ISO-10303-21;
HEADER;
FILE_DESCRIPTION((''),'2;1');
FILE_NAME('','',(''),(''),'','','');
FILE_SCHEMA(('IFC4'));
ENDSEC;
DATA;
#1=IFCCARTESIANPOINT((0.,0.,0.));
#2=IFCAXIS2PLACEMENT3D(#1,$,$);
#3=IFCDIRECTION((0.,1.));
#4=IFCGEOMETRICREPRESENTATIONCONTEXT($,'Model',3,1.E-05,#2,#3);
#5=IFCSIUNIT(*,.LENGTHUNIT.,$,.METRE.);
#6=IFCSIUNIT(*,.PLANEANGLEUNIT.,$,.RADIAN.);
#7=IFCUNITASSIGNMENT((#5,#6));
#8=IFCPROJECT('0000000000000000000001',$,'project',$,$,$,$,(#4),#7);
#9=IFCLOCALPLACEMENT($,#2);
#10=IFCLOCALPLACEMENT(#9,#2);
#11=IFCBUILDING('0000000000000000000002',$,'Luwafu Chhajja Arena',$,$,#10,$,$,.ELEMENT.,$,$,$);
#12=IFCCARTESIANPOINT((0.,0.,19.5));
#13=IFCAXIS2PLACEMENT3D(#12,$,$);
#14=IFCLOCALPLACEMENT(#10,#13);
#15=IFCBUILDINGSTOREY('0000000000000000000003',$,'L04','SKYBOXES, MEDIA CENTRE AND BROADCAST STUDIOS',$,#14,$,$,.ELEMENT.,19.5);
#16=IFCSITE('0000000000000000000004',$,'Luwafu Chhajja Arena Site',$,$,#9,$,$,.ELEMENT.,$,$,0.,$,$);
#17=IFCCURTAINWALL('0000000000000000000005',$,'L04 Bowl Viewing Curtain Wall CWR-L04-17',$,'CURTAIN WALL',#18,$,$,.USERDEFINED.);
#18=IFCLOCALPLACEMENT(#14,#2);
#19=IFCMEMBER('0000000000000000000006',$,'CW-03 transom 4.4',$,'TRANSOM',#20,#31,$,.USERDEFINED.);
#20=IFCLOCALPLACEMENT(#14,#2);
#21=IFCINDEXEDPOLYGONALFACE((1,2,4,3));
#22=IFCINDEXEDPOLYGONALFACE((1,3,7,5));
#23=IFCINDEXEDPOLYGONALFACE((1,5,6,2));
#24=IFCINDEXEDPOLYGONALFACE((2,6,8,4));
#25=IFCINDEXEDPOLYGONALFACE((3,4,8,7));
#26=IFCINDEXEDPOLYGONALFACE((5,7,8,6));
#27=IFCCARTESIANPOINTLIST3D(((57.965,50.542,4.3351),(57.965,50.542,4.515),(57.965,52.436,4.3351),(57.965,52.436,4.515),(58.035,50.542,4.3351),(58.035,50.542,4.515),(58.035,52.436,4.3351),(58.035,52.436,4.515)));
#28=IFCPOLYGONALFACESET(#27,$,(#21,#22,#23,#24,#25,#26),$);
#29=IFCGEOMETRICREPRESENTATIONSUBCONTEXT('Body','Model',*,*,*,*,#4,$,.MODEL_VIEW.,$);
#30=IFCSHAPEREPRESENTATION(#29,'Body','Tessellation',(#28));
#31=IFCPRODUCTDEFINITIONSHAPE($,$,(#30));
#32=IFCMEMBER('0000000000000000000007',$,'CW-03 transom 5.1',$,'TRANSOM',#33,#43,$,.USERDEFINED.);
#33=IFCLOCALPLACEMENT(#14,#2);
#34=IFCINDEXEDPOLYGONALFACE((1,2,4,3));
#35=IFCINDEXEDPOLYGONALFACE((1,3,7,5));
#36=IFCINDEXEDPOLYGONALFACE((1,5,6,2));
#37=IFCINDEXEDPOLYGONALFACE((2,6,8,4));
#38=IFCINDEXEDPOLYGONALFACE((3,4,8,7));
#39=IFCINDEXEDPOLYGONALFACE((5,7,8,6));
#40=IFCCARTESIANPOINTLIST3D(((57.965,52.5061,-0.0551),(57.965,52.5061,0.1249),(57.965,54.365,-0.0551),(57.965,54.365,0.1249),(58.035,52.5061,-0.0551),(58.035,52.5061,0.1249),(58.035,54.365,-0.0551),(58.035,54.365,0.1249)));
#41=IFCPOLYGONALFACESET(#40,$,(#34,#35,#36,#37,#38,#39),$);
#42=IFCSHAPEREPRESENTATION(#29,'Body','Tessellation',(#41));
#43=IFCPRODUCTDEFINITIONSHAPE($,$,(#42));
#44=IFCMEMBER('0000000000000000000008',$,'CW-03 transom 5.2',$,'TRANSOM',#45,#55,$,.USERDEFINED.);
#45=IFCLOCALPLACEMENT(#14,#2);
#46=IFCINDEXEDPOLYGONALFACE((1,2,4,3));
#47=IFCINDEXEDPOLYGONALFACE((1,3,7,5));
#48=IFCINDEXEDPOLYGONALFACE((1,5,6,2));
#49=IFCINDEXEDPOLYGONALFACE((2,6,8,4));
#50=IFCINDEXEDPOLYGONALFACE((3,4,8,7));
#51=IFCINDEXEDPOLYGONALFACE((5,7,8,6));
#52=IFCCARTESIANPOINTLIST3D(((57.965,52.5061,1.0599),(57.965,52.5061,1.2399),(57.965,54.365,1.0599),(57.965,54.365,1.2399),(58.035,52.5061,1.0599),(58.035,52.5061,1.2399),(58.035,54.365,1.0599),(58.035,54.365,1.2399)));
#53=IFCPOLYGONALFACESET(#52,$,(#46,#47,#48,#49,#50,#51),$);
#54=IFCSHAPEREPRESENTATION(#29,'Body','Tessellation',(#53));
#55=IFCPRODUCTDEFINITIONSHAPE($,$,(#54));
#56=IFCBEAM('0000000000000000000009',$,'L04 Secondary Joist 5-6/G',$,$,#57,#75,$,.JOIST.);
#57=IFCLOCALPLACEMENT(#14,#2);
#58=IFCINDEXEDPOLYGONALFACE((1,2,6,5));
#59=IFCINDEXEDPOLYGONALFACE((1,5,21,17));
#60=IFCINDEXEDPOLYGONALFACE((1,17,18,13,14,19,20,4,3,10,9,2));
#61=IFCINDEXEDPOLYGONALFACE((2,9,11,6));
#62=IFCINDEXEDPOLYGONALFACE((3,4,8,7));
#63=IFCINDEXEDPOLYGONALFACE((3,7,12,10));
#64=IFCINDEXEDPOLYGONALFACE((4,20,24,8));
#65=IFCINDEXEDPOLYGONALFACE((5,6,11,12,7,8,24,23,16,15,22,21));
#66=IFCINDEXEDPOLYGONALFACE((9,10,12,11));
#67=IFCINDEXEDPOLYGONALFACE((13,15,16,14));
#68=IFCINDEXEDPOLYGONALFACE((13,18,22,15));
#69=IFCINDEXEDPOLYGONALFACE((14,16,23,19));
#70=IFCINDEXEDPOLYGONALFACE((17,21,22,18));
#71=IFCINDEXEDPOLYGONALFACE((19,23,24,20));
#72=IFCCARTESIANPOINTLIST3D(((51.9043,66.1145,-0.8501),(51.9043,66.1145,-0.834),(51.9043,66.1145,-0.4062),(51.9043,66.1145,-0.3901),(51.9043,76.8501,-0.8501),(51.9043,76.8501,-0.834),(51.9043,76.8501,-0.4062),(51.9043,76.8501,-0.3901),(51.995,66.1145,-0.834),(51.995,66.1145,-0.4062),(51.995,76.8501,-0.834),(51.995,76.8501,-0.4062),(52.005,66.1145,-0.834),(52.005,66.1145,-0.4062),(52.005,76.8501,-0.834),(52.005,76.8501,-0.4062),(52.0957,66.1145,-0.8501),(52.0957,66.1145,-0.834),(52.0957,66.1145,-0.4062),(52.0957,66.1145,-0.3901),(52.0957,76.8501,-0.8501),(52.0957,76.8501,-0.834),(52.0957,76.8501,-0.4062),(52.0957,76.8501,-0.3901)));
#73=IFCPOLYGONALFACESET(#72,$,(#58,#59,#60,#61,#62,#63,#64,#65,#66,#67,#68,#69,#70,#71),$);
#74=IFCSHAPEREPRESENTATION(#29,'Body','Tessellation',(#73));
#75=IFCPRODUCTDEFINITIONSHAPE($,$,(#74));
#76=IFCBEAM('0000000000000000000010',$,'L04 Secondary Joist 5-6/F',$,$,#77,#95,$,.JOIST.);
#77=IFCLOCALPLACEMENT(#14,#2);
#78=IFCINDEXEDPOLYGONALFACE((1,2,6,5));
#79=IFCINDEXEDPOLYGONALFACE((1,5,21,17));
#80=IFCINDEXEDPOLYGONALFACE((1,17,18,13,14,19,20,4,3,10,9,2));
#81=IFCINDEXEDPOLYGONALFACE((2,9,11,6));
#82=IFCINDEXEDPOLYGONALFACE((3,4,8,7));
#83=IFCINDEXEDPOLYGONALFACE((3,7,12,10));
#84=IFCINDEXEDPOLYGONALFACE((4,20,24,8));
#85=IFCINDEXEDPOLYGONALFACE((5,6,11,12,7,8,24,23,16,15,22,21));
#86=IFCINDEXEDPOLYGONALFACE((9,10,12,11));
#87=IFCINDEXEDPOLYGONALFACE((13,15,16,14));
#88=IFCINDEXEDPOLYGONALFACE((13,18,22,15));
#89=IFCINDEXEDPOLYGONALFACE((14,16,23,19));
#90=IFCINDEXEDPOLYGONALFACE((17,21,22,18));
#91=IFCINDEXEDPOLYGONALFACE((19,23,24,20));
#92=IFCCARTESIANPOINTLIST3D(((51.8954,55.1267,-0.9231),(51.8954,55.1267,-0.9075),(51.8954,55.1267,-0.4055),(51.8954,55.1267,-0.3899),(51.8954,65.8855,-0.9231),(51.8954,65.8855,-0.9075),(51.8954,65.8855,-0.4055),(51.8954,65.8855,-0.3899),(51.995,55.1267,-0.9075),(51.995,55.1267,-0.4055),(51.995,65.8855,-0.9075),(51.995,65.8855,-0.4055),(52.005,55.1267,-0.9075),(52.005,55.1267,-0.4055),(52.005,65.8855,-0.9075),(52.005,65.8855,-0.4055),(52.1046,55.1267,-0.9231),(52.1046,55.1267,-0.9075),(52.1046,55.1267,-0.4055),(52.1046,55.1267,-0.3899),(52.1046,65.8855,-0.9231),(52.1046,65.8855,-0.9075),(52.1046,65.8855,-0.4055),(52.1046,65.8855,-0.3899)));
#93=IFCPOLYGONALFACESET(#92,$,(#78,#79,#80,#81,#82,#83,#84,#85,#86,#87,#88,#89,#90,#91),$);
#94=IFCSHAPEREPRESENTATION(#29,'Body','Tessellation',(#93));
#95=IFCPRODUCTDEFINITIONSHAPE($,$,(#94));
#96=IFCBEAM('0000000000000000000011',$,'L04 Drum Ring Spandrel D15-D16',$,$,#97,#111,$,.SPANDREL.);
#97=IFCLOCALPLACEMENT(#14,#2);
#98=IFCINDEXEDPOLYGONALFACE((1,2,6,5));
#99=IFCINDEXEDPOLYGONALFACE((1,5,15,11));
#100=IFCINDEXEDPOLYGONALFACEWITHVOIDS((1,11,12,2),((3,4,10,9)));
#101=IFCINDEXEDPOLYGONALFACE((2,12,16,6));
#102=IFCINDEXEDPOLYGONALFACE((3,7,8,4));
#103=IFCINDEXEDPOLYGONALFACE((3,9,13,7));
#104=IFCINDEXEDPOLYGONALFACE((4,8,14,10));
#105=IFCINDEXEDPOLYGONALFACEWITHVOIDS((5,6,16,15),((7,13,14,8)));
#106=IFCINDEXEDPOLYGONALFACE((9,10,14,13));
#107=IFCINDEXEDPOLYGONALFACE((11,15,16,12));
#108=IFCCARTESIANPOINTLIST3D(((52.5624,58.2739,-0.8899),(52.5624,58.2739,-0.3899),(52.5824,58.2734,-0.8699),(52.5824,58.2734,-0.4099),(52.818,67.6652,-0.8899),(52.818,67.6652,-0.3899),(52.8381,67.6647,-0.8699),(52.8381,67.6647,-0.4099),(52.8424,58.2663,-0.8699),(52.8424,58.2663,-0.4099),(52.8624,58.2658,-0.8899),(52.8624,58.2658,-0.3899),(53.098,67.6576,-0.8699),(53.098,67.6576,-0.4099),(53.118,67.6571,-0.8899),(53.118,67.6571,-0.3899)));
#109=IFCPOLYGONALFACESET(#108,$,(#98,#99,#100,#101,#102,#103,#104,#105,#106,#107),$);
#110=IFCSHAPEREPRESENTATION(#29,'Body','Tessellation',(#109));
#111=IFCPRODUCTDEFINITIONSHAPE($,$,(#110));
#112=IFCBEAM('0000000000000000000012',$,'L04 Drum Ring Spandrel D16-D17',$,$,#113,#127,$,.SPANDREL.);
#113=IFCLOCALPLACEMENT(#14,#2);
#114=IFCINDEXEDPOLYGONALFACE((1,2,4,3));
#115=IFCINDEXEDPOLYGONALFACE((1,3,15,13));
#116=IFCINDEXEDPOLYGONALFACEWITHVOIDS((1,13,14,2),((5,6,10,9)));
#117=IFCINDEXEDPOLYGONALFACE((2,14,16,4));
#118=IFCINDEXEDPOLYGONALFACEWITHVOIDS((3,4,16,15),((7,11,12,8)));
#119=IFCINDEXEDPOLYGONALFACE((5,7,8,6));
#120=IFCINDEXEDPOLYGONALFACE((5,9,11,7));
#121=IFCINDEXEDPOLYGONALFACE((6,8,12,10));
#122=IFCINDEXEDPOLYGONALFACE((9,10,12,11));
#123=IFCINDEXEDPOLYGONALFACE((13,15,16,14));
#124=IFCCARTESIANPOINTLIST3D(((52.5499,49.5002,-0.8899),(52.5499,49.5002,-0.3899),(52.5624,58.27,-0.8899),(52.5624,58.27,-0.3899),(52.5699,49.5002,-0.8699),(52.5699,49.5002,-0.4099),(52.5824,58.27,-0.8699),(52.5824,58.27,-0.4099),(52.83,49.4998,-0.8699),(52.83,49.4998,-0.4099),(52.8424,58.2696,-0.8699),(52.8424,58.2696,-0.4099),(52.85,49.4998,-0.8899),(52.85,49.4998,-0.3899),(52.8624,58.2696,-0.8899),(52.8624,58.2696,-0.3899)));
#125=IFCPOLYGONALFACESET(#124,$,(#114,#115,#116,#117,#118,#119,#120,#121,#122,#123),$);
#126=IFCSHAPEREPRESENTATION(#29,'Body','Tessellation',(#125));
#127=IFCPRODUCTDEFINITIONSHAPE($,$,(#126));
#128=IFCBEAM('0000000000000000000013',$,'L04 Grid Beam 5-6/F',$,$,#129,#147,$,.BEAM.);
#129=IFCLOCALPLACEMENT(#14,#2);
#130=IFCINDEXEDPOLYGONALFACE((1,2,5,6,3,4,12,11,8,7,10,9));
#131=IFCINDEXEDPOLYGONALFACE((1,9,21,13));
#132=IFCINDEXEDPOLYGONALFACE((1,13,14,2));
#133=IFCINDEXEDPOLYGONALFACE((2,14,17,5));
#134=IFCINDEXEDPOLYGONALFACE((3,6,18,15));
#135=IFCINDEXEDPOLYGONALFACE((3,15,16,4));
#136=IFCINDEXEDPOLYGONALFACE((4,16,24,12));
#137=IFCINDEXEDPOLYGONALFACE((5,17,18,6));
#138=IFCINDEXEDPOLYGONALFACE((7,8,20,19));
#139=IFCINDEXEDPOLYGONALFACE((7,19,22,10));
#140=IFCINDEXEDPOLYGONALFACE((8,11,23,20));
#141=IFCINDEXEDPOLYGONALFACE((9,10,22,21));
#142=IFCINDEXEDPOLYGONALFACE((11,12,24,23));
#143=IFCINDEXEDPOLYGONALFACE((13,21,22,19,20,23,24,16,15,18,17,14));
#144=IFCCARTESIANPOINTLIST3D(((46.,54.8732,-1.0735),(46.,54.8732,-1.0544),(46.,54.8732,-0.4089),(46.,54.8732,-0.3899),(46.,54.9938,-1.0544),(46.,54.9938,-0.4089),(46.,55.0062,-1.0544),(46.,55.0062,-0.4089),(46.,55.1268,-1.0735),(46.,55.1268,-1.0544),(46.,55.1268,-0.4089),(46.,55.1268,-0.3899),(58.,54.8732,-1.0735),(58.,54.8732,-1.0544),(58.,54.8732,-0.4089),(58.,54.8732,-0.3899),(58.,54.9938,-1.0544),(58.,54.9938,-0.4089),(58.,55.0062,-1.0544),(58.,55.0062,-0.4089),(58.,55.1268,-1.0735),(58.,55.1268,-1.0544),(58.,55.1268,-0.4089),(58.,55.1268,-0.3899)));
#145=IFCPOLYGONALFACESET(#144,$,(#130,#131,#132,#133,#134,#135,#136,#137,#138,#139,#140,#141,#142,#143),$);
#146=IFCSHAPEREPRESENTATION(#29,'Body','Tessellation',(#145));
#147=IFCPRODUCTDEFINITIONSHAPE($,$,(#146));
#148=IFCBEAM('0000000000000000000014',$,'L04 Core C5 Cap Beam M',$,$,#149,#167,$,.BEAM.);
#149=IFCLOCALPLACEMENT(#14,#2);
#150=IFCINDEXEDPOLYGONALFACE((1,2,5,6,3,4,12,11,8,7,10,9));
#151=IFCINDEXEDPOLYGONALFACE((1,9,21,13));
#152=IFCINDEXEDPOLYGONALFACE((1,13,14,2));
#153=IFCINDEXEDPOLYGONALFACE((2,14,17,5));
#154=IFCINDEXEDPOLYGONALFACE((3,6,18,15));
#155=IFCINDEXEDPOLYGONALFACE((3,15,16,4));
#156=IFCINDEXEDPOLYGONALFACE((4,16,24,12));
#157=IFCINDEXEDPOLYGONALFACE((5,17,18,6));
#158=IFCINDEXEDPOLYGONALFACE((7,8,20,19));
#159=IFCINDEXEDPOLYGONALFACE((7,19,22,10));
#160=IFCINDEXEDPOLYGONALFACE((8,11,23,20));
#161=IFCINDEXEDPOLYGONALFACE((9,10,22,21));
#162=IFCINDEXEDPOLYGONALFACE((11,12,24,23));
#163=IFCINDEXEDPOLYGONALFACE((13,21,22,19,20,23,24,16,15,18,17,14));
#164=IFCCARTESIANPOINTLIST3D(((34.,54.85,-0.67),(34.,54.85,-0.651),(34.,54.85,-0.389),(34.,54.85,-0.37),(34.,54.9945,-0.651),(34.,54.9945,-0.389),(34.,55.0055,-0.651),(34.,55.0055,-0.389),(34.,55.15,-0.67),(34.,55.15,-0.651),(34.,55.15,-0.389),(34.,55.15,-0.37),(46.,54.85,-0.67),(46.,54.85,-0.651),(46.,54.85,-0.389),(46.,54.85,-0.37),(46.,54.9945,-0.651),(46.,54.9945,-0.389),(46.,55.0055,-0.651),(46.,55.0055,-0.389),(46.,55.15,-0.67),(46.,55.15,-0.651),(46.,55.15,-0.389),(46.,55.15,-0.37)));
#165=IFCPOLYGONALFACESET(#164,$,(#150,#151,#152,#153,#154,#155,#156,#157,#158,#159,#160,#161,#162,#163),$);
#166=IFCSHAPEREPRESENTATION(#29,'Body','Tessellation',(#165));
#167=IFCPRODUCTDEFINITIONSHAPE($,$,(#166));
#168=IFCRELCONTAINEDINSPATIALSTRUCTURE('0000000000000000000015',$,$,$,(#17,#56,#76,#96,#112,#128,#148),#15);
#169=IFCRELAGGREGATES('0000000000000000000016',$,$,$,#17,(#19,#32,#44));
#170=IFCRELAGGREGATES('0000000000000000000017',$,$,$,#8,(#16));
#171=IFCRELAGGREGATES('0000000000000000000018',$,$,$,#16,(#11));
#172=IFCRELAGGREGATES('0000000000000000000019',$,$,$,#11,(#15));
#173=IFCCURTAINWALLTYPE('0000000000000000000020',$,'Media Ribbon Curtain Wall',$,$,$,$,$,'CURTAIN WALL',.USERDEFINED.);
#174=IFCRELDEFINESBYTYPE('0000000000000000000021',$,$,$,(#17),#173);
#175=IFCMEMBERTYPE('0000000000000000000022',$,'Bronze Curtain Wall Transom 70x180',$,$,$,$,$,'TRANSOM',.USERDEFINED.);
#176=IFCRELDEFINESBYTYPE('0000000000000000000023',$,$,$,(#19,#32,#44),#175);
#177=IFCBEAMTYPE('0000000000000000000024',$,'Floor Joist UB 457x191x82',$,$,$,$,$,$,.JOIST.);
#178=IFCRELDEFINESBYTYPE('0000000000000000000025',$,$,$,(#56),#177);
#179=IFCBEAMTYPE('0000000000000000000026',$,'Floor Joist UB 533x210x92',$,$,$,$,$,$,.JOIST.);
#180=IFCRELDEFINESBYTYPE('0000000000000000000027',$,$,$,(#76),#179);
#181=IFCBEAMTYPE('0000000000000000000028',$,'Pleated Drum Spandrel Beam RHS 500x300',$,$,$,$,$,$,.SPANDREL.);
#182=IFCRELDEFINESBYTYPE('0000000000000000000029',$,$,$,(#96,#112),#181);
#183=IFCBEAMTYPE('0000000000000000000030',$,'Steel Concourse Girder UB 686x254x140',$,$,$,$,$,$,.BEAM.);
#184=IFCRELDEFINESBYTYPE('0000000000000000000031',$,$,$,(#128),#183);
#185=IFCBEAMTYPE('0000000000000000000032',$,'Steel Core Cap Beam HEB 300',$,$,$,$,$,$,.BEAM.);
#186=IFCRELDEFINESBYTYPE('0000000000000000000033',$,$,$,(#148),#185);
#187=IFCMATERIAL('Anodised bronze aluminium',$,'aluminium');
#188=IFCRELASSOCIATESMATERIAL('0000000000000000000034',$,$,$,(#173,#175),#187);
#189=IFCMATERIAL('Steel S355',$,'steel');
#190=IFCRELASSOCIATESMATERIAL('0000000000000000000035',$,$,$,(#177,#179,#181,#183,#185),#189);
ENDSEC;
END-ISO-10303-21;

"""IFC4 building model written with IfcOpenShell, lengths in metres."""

from ifc_helpers import new_model, si_unit, direction, frame, origin, origin_2d, place, context, subcontext, project, spatial, rectangle, hollow_rectangle, i_section, extrude, material, material_profile, profile_set, type_object, element, aggregate, save


model = new_model("IFC4")

# Units and contexts
model_context = context("Model", 3, precision=1e-05, world=origin(), true_north=direction((0.0, 1.0)))
body_context = subcontext(model_context, "Body", "Model", "MODEL_VIEW")
ifc_project = project(units=[si_unit("LENGTHUNIT", "METRE"), si_unit("PLANEANGLEUNIT", "RADIAN")], contexts=[model_context])

# Site, building, storey
site_placement = place(None, origin())
site = spatial("IfcSite", under=ifc_project, at=site_placement, Name="Luwafu Chhajja Arena Site", CompositionType="ELEMENT", RefElevation=0.0)
building_placement = place(site_placement, origin())
building = spatial("IfcBuilding", under=site, at=building_placement, Name="Luwafu Chhajja Arena", CompositionType="ELEMENT")
storey_placement = place(building_placement, frame((0.0, 0.0, 19.5)))
storey = spatial("IfcBuildingStorey", under=building, at=storey_placement, Name="L04", Description="SKYBOXES, MEDIA CENTRE AND BROADCAST STUDIOS", CompositionType="ELEMENT", Elevation=19.5)

# Shared definitions
ifc_material_1 = material(Name="Steel S355", Category="steel")

# Curtain wall, members
ifc_material_2 = material(Name="Anodised bronze aluminium", Category="aluminium")
curtain_wall_type = type_object("IfcCurtainWallType", Name="Media Ribbon Curtain Wall", ElementType="CURTAIN WALL", PredefinedType="USERDEFINED", material=ifc_material_2)
curtain_wall_placement = place(storey_placement, origin())
curtain_wall = element("IfcCurtainWall", 1, at=curtain_wall_placement, inside=storey, type_object=curtain_wall_type, Name="L04 Bowl Viewing Curtain Wall CWR-L04-17", ObjectType="CURTAIN WALL", PredefinedType="USERDEFINED")
ifc_material_profile_1 = material_profile(ifc_material_2, rectangle(XDim=0.0701, YDim=0.1799, at=origin_2d()), Name="CWT 70x180")
ifc_profile_set_1 = profile_set([ifc_material_profile_1], Name="Anodised bronze aluminium")
member_type_1 = type_object("IfcMemberType", Name="Bronze Curtain Wall Transom 70x180", ElementType="TRANSOM", PredefinedType="USERDEFINED", material=ifc_profile_set_1)
member_1_placement = place(storey_placement, frame((58.0, 50.542, 4.425), z_axis=(0.0, 1.0, 0.0), x_axis=(-1.0, 0.0, 0.0)))
member_1 = element("IfcMember", 2, at=member_1_placement, type_object=member_type_1, Name="CW-03 transom 4.4", ObjectType="TRANSOM", PredefinedType="USERDEFINED", context=body_context, shape_type="SweptSolid", body=[
    extrude(rectangle(XDim=0.0701, YDim=0.1799, at=origin_2d()), origin(), (0.0, 0.0, 1.0), 1.894),
])
member_2_placement = place(storey_placement, frame((58.0, 52.5061, 0.0349), z_axis=(0.0, 1.0, 0.0), x_axis=(-1.0, 0.0, 0.0)))
member_2 = element("IfcMember", 3, at=member_2_placement, type_object=member_type_1, Name="CW-03 transom 5.1", ObjectType="TRANSOM", PredefinedType="USERDEFINED", context=body_context, shape_type="SweptSolid", body=[
    extrude(rectangle(XDim=0.0701, YDim=0.1799, at=origin_2d()), origin(), (0.0, 0.0, 1.0), 1.8589),
])
member_3_placement = place(storey_placement, frame((58.0, 52.5061, 1.1499), z_axis=(0.0, 1.0, 0.0), x_axis=(-1.0, 0.0, 0.0)))
member_3 = element("IfcMember", 4, at=member_3_placement, type_object=member_type_1, Name="CW-03 transom 5.2", ObjectType="TRANSOM", PredefinedType="USERDEFINED", context=body_context, shape_type="SweptSolid", body=[
    extrude(rectangle(XDim=0.0701, YDim=0.1799, at=origin_2d()), origin(), (0.0, 0.0, 1.0), 1.8589),
])

# Beams
ifc_material_profile_2 = material_profile(ifc_material_1, i_section(OverallWidth=0.1914, OverallDepth=0.46, WebThickness=0.01, FlangeThickness=0.0161, at=origin_2d()), Name="UB 457x191x82")
ifc_profile_set_2 = profile_set([ifc_material_profile_2], Name="Steel S355")
beam_type_1 = type_object("IfcBeamType", Name="Floor Joist UB 457x191x82", PredefinedType="JOIST", material=ifc_profile_set_2)
beam_1_placement = place(storey_placement, frame((52.0, 66.1145, -0.6201), z_axis=(0.0, 1.0, 0.0), x_axis=(-1.0, 0.0, 0.0)))
element("IfcBeam", 5, at=beam_1_placement, inside=storey, type_object=beam_type_1, Name="L04 Secondary Joist 5-6/G", PredefinedType="JOIST", context=body_context, shape_type="SweptSolid", body=[
    extrude(i_section(OverallWidth=0.1914, OverallDepth=0.46, WebThickness=0.01, FlangeThickness=0.0161, at=origin_2d()), origin(), (0.0, 0.0, 1.0), 10.7356),
])
ifc_material_profile_3 = material_profile(ifc_material_1, i_section(OverallWidth=0.2092, OverallDepth=0.5332, WebThickness=0.01, FlangeThickness=0.0156, at=origin_2d()), Name="UB 533x210x92")
ifc_profile_set_3 = profile_set([ifc_material_profile_3], Name="Steel S355")
beam_type_2 = type_object("IfcBeamType", Name="Floor Joist UB 533x210x92", PredefinedType="JOIST", material=ifc_profile_set_3)
beam_2_placement = place(storey_placement, frame((52.0, 55.1267, -0.6565), z_axis=(0.0, 1.0, 0.0), x_axis=(-1.0, 0.0, 0.0)))
element("IfcBeam", 6, at=beam_2_placement, inside=storey, type_object=beam_type_2, Name="L04 Secondary Joist 5-6/F", PredefinedType="JOIST", context=body_context, shape_type="SweptSolid", body=[
    extrude(i_section(OverallWidth=0.2092, OverallDepth=0.5332, WebThickness=0.01, FlangeThickness=0.0156, at=origin_2d()), origin(), (0.0, 0.0, 1.0), 10.7588),
])
ifc_material_profile_4 = material_profile(ifc_material_1, hollow_rectangle(XDim=0.3, YDim=0.5, WallThickness=0.02, at=origin_2d()), Name="RHS 500x300x20")
ifc_profile_set_4 = profile_set([ifc_material_profile_4], Name="Steel S355")
beam_type_3 = type_object("IfcBeamType", Name="Pleated Drum Spandrel Beam RHS 500x300", PredefinedType="SPANDREL", material=ifc_profile_set_4)
beam_3_placement = place(storey_placement, frame((52.968, 67.6611, -0.6399), z_axis=(-0.027208, -0.99963, 0.0), x_axis=(0.99963, -0.027208, 0.0)))
element("IfcBeam", 7, at=beam_3_placement, inside=storey, type_object=beam_type_3, Name="L04 Drum Ring Spandrel D15-D16", PredefinedType="SPANDREL", context=body_context, shape_type="SweptSolid", body=[
    extrude(hollow_rectangle(XDim=0.3, YDim=0.5, WallThickness=0.02, at=origin_2d()), origin(), (0.0, 0.0, 1.0), 9.3948),
])
beam_4_placement = place(storey_placement, frame((52.7124, 58.2698, -0.6399), z_axis=(-0.00142, -0.999999, 0.0), x_axis=(0.999999, -0.00142, 0.0)))
element("IfcBeam", 8, at=beam_4_placement, inside=storey, type_object=beam_type_3, Name="L04 Drum Ring Spandrel D16-D17", PredefinedType="SPANDREL", context=body_context, shape_type="SweptSolid", body=[
    extrude(hollow_rectangle(XDim=0.3, YDim=0.5, WallThickness=0.02, at=origin_2d()), origin(), (0.0, 0.0, 1.0), 8.7698),
])
ifc_material_profile_5 = material_profile(ifc_material_1, i_section(OverallWidth=0.2537, OverallDepth=0.6836, WebThickness=0.0125, FlangeThickness=0.019, at=origin_2d()), Name="UB 686x254x140")
ifc_profile_set_5 = profile_set([ifc_material_profile_5], Name="Steel S355")
beam_type_4 = type_object("IfcBeamType", Name="Steel Concourse Girder UB 686x254x140", PredefinedType="BEAM", material=ifc_profile_set_5)
beam_5_placement = place(storey_placement, frame((46.0, 55.0, -0.7317), z_axis=(1.0, 0.0, 0.0), x_axis=(0.0, 1.0, 0.0)))
element("IfcBeam", 9, at=beam_5_placement, inside=storey, type_object=beam_type_4, Name="L04 Grid Beam 5-6/F", PredefinedType="BEAM", context=body_context, shape_type="SweptSolid", body=[
    extrude(i_section(OverallWidth=0.2537, OverallDepth=0.6836, WebThickness=0.0125, FlangeThickness=0.019, at=origin_2d()), origin(), (0.0, 0.0, 1.0), 12.0),
])
ifc_material_profile_6 = material_profile(ifc_material_1, i_section(OverallWidth=0.3, OverallDepth=0.3, WebThickness=0.011, FlangeThickness=0.019, at=origin_2d()), Name="HEB 300")
ifc_profile_set_6 = profile_set([ifc_material_profile_6], Name="Steel S355")
beam_type_5 = type_object("IfcBeamType", Name="Steel Core Cap Beam HEB 300", PredefinedType="BEAM", material=ifc_profile_set_6)
beam_6_placement = place(storey_placement, frame((34.0, 55.0, -0.52), z_axis=(1.0, 0.0, 0.0), x_axis=(0.0, 1.0, 0.0)))
element("IfcBeam", 10, at=beam_6_placement, inside=storey, type_object=beam_type_5, Name="L04 Core C5 Cap Beam M", PredefinedType="BEAM", context=body_context, shape_type="SweptSolid", body=[
    extrude(i_section(OverallWidth=0.3, OverallDepth=0.3, WebThickness=0.011, FlangeThickness=0.019, at=origin_2d()), origin(), (0.0, 0.0, 1.0), 12.0),
])

aggregate(curtain_wall, [member_1, member_2, member_3])

save(model, "model.ifc")
